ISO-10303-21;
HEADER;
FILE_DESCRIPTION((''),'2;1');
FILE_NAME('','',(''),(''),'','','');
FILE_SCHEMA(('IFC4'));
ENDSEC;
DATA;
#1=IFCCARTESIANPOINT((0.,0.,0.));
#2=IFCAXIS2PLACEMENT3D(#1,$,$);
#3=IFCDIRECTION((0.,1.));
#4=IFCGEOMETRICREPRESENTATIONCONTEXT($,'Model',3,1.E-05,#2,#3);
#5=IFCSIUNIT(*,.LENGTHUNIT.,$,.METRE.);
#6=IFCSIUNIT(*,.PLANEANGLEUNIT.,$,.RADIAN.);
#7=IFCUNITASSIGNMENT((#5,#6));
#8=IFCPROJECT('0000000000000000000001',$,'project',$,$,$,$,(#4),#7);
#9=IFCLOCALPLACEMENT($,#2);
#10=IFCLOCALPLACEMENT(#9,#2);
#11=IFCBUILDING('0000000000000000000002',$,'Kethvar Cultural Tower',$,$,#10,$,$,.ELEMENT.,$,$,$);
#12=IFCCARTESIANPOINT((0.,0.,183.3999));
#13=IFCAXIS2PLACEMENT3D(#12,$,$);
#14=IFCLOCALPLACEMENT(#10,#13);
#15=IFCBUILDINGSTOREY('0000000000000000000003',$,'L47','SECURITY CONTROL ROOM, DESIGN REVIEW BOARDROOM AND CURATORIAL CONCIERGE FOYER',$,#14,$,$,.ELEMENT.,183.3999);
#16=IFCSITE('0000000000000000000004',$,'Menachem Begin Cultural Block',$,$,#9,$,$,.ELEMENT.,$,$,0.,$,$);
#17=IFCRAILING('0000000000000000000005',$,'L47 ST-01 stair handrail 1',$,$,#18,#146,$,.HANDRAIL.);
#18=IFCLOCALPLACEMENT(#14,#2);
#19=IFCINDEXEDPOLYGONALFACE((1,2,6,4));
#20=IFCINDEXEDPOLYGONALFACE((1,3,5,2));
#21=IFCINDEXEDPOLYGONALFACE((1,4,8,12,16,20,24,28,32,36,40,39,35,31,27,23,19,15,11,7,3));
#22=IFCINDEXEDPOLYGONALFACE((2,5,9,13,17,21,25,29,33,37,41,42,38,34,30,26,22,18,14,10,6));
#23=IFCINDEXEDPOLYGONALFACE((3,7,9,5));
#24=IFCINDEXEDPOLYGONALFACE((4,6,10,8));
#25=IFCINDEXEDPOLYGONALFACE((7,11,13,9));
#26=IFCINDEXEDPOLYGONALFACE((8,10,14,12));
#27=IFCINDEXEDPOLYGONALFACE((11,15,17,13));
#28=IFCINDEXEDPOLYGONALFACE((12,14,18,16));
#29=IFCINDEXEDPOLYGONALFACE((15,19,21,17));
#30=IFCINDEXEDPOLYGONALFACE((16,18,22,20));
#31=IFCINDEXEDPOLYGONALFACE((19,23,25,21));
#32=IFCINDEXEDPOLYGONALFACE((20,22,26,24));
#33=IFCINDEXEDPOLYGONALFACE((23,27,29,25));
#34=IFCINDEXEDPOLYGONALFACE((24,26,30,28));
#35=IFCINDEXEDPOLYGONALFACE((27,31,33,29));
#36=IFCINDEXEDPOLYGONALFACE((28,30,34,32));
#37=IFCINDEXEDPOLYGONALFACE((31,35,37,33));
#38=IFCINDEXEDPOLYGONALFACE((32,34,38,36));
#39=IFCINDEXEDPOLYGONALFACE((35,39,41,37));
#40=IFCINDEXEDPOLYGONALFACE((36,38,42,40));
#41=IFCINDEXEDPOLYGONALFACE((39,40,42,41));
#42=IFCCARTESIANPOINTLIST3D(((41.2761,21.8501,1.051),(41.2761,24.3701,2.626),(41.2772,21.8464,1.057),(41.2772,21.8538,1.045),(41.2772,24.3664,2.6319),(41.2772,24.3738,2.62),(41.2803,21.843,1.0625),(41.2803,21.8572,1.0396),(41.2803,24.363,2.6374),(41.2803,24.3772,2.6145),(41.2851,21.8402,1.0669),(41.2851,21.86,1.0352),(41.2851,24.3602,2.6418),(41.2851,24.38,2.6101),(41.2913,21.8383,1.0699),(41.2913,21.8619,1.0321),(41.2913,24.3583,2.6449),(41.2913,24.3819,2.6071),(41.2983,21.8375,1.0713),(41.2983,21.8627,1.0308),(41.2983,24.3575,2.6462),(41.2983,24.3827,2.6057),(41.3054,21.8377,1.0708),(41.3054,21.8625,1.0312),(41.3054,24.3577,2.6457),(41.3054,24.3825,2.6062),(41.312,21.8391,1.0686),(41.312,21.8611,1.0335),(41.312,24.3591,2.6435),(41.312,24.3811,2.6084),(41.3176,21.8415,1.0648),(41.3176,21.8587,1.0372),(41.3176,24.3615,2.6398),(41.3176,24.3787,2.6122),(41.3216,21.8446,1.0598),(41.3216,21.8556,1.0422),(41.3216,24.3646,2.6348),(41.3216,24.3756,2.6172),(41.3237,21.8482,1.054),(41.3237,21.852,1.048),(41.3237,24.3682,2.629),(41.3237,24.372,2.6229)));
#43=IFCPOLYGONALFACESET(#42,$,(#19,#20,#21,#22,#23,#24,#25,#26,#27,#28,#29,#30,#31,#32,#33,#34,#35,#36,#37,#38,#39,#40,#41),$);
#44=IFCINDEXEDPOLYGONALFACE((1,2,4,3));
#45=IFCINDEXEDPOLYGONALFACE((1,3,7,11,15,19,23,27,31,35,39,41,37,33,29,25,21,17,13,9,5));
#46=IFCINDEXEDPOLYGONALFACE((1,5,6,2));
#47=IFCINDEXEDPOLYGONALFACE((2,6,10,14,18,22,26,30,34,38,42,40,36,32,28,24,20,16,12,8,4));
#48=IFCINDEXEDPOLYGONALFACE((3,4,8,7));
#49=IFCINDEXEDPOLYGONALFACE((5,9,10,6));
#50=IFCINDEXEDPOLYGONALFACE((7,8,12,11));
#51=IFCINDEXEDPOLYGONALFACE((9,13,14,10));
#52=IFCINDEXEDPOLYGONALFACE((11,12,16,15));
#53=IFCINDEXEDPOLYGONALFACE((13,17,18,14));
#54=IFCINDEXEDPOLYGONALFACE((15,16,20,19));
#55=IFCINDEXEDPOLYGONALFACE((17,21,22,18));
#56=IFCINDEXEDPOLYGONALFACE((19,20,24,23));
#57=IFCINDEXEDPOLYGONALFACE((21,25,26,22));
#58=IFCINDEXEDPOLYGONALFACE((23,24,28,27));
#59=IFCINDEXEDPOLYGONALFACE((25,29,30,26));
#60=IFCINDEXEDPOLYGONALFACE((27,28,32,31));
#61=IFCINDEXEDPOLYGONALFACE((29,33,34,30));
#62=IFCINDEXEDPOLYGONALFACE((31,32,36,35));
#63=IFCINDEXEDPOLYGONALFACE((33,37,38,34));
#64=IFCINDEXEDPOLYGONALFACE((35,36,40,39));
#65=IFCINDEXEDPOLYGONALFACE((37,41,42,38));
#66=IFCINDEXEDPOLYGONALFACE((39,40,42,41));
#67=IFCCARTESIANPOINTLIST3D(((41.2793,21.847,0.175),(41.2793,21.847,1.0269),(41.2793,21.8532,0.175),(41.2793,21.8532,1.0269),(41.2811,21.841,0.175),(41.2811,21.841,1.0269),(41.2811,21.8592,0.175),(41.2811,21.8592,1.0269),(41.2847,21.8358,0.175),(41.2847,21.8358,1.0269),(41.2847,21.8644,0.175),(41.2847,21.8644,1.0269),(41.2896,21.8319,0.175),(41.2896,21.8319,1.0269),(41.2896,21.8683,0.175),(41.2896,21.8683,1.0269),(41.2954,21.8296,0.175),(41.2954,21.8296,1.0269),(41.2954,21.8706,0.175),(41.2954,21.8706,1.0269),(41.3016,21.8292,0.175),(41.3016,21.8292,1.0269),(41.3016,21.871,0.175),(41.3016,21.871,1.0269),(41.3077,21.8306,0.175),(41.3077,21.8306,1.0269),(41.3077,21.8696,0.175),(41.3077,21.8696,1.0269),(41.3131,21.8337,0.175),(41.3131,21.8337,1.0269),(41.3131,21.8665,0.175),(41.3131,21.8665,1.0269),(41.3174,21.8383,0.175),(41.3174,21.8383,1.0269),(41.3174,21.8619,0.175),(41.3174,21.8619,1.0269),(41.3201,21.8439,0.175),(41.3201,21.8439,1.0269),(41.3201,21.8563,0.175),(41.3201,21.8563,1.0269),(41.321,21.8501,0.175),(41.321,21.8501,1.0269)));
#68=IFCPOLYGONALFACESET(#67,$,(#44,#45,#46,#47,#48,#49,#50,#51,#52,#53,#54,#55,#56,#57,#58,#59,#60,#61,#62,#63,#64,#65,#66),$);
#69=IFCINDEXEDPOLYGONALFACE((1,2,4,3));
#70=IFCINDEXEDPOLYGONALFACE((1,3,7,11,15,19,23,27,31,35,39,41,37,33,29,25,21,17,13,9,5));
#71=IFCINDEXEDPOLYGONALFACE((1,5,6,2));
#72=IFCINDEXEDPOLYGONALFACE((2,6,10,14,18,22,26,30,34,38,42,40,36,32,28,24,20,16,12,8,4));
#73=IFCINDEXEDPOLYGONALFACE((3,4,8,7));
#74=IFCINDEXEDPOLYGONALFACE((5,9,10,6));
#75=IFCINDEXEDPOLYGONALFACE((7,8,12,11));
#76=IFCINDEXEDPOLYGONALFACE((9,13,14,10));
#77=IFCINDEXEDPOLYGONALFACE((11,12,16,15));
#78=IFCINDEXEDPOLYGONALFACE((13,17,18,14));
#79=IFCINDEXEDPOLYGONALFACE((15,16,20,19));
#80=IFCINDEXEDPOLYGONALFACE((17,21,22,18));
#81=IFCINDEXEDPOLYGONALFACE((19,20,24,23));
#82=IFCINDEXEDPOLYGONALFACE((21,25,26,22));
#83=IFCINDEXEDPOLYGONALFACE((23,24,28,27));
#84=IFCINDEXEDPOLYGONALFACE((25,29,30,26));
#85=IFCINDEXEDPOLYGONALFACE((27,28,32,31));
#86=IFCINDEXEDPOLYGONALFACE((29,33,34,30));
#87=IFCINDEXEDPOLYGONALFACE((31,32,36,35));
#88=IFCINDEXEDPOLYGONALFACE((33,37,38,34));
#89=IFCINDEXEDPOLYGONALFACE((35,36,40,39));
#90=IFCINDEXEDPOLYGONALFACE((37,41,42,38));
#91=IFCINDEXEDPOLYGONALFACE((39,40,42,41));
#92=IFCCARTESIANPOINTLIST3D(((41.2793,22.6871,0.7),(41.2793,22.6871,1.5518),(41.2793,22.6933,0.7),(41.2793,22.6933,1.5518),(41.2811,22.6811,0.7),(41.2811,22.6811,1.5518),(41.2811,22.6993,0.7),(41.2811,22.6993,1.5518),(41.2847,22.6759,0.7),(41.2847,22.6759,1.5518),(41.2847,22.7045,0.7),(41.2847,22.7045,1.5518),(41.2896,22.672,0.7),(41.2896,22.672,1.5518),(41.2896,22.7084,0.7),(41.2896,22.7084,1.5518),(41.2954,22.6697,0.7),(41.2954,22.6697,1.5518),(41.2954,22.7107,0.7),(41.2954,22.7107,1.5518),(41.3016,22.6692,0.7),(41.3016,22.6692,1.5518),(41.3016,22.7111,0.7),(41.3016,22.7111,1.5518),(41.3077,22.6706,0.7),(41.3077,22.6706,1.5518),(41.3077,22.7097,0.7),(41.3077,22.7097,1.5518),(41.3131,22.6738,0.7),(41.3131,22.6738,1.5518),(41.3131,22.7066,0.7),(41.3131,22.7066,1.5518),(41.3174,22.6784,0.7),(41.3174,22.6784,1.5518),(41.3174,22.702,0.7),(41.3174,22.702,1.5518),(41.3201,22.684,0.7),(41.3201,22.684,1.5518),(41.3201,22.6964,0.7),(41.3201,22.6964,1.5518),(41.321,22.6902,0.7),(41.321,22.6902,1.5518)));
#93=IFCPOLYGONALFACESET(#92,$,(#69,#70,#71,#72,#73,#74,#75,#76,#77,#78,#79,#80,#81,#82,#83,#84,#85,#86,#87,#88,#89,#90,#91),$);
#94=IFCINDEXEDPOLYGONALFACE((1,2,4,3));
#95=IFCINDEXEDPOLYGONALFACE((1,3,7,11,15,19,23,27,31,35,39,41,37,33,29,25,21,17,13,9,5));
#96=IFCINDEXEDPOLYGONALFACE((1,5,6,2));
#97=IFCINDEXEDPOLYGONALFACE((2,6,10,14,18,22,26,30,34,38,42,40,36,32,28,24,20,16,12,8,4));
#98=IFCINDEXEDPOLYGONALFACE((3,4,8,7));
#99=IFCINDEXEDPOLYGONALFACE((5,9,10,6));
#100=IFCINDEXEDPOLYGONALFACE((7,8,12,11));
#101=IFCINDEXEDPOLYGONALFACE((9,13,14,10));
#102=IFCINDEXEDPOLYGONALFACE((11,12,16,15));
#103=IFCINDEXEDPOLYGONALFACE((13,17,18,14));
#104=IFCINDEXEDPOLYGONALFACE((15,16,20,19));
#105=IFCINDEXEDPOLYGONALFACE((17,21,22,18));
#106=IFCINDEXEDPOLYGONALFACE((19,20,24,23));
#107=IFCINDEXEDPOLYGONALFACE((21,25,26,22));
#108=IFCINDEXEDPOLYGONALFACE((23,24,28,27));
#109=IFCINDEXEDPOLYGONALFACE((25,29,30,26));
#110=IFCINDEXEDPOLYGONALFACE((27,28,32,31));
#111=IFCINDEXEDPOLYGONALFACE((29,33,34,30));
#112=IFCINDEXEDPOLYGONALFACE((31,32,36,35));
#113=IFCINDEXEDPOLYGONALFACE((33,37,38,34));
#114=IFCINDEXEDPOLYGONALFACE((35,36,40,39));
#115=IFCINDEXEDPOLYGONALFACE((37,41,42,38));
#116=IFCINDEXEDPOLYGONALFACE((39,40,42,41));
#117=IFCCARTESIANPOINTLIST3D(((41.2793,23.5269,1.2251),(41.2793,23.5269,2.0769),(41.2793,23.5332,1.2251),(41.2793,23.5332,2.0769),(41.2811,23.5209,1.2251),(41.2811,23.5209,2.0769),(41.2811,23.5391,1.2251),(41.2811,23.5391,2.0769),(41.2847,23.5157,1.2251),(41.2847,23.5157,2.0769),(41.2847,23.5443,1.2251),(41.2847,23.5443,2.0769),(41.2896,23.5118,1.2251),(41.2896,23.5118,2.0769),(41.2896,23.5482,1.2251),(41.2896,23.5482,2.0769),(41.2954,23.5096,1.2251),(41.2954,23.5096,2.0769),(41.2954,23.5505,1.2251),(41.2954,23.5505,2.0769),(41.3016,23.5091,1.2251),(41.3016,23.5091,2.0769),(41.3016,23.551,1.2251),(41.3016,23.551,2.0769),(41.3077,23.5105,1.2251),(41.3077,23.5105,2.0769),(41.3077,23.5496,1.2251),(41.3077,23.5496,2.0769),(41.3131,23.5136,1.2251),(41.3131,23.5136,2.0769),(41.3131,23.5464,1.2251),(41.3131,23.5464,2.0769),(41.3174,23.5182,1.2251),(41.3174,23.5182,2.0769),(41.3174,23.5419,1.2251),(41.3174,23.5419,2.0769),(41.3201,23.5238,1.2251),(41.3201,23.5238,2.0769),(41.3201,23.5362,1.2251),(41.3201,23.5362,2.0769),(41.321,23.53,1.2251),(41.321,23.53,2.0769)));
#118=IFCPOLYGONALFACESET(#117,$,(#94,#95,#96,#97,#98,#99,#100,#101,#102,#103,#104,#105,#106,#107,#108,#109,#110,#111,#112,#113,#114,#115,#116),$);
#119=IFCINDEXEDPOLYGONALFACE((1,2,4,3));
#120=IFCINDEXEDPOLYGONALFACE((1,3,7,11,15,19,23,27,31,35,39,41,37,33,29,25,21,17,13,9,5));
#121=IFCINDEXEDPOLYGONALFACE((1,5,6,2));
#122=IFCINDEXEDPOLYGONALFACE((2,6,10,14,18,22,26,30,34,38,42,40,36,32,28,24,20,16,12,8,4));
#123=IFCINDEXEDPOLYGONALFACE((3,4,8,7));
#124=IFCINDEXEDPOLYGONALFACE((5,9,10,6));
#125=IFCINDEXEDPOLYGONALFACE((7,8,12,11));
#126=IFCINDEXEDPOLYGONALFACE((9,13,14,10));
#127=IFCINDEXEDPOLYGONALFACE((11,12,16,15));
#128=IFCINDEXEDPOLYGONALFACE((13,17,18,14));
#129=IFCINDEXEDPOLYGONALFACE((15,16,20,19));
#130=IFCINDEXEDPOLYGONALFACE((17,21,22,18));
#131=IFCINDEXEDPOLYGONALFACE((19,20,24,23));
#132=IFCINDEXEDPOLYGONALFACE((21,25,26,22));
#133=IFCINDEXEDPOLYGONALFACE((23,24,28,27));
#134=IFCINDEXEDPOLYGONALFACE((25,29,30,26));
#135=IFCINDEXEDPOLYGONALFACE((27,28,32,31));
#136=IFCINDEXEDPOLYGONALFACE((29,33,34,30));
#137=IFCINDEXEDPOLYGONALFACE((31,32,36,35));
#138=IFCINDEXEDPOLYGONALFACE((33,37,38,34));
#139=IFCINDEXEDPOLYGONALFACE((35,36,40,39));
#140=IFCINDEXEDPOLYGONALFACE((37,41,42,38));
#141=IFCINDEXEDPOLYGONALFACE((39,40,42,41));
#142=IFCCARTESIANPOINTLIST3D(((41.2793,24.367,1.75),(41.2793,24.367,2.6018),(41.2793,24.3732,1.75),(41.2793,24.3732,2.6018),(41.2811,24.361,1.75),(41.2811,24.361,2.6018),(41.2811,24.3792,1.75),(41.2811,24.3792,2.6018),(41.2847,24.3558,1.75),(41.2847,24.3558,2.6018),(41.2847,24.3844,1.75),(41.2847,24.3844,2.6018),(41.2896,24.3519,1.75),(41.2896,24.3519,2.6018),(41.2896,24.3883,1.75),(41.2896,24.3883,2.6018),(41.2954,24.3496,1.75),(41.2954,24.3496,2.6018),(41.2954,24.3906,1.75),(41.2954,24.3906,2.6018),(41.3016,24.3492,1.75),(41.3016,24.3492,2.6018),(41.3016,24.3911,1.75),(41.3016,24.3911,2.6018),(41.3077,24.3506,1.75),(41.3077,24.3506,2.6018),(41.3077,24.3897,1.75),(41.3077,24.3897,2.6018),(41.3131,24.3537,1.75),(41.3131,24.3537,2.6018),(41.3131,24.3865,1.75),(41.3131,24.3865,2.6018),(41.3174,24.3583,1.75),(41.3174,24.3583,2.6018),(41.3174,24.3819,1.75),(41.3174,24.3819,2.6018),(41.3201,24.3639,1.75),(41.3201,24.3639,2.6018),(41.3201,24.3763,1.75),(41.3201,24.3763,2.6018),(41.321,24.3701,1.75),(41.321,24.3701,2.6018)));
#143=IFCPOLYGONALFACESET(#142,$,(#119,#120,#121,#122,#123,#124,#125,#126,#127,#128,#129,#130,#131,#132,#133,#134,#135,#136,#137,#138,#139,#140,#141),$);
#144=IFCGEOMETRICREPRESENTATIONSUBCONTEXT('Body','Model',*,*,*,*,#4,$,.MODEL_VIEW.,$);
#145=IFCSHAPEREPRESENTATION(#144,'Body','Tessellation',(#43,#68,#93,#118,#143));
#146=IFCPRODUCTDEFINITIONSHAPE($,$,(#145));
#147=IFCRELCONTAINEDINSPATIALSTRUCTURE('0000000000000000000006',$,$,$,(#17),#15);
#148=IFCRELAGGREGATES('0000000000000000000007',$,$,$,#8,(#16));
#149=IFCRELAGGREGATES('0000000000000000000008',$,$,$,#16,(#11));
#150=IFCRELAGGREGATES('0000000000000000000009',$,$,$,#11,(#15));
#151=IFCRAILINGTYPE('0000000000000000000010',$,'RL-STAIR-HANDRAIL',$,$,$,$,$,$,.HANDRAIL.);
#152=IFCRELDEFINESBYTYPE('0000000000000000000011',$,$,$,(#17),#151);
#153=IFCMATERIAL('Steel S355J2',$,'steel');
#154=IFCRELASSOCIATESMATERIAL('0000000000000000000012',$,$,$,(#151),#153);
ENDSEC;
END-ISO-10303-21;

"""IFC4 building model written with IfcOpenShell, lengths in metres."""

from ifc_helpers import new_model, si_unit, direction, frame, origin, origin_2d, place, context, subcontext, project, spatial, circle, extrude, material, type_object, element, save


model = new_model("IFC4")

# Units and contexts
model_context = context("Model", 3, precision=1e-05, world=origin(), true_north=direction((0.0, 1.0)))
body_context = subcontext(model_context, "Body", "Model", "MODEL_VIEW")
ifc_project = project(units=[si_unit("LENGTHUNIT", "METRE"), si_unit("PLANEANGLEUNIT", "RADIAN")], contexts=[model_context])

# Site, building, storey
site_placement = place(None, origin())
site = spatial("IfcSite", under=ifc_project, at=site_placement, Name="Menachem Begin Cultural Block", CompositionType="ELEMENT", RefElevation=0.0)
building_placement = place(site_placement, origin())
building = spatial("IfcBuilding", under=site, at=building_placement, Name="Kethvar Cultural Tower", CompositionType="ELEMENT")
storey_placement = place(building_placement, frame((0.0, 0.0, 183.3999)))
storey = spatial("IfcBuildingStorey", under=building, at=storey_placement, Name="L47", Description="SECURITY CONTROL ROOM, DESIGN REVIEW BOARDROOM AND CURATORIAL CONCIERGE FOYER", CompositionType="ELEMENT", Elevation=183.3999)

# Shared definitions
ifc_material_1 = material(Name="Steel S355J2", Category="steel")

# Railing
railing_type_1 = type_object("IfcRailingType", Name="RL-STAIR-HANDRAIL", PredefinedType="HANDRAIL", material=ifc_material_1)
railing_1_placement = place(storey_placement, frame((41.3, 21.8501, 0.175)))
element("IfcRailing", 1, at=railing_1_placement, inside=storey, type_object=railing_type_1, Name="L47 ST-01 stair handrail 1", PredefinedType="HANDRAIL", context=body_context, shape_type="SweptSolid", body=[
    extrude(circle(Radius=0.0239, at=origin_2d()), frame((0.0, 0.0, 0.876), z_axis=(0.0, 0.848008, 0.529984), x_axis=(-1.0, 0.0, 0.0)), (0.0, 0.0, 1.0), 2.9717),
    extrude(circle(Radius=0.021, at=origin_2d()), origin(), (0.0, 0.0, 1.0), 0.8518),
    extrude(circle(Radius=0.021, at=origin_2d()), frame((0.0, 0.8401, 0.5249)), (0.0, 0.0, 1.0), 0.8518),
    extrude(circle(Radius=0.021, at=origin_2d()), frame((0.0, 1.6799, 1.05)), (0.0, 0.0, 1.0), 0.8518),
    extrude(circle(Radius=0.021, at=origin_2d()), frame((0.0, 2.52, 1.575)), (0.0, 0.0, 1.0), 0.8518),
])

save(model, "model.ifc")
